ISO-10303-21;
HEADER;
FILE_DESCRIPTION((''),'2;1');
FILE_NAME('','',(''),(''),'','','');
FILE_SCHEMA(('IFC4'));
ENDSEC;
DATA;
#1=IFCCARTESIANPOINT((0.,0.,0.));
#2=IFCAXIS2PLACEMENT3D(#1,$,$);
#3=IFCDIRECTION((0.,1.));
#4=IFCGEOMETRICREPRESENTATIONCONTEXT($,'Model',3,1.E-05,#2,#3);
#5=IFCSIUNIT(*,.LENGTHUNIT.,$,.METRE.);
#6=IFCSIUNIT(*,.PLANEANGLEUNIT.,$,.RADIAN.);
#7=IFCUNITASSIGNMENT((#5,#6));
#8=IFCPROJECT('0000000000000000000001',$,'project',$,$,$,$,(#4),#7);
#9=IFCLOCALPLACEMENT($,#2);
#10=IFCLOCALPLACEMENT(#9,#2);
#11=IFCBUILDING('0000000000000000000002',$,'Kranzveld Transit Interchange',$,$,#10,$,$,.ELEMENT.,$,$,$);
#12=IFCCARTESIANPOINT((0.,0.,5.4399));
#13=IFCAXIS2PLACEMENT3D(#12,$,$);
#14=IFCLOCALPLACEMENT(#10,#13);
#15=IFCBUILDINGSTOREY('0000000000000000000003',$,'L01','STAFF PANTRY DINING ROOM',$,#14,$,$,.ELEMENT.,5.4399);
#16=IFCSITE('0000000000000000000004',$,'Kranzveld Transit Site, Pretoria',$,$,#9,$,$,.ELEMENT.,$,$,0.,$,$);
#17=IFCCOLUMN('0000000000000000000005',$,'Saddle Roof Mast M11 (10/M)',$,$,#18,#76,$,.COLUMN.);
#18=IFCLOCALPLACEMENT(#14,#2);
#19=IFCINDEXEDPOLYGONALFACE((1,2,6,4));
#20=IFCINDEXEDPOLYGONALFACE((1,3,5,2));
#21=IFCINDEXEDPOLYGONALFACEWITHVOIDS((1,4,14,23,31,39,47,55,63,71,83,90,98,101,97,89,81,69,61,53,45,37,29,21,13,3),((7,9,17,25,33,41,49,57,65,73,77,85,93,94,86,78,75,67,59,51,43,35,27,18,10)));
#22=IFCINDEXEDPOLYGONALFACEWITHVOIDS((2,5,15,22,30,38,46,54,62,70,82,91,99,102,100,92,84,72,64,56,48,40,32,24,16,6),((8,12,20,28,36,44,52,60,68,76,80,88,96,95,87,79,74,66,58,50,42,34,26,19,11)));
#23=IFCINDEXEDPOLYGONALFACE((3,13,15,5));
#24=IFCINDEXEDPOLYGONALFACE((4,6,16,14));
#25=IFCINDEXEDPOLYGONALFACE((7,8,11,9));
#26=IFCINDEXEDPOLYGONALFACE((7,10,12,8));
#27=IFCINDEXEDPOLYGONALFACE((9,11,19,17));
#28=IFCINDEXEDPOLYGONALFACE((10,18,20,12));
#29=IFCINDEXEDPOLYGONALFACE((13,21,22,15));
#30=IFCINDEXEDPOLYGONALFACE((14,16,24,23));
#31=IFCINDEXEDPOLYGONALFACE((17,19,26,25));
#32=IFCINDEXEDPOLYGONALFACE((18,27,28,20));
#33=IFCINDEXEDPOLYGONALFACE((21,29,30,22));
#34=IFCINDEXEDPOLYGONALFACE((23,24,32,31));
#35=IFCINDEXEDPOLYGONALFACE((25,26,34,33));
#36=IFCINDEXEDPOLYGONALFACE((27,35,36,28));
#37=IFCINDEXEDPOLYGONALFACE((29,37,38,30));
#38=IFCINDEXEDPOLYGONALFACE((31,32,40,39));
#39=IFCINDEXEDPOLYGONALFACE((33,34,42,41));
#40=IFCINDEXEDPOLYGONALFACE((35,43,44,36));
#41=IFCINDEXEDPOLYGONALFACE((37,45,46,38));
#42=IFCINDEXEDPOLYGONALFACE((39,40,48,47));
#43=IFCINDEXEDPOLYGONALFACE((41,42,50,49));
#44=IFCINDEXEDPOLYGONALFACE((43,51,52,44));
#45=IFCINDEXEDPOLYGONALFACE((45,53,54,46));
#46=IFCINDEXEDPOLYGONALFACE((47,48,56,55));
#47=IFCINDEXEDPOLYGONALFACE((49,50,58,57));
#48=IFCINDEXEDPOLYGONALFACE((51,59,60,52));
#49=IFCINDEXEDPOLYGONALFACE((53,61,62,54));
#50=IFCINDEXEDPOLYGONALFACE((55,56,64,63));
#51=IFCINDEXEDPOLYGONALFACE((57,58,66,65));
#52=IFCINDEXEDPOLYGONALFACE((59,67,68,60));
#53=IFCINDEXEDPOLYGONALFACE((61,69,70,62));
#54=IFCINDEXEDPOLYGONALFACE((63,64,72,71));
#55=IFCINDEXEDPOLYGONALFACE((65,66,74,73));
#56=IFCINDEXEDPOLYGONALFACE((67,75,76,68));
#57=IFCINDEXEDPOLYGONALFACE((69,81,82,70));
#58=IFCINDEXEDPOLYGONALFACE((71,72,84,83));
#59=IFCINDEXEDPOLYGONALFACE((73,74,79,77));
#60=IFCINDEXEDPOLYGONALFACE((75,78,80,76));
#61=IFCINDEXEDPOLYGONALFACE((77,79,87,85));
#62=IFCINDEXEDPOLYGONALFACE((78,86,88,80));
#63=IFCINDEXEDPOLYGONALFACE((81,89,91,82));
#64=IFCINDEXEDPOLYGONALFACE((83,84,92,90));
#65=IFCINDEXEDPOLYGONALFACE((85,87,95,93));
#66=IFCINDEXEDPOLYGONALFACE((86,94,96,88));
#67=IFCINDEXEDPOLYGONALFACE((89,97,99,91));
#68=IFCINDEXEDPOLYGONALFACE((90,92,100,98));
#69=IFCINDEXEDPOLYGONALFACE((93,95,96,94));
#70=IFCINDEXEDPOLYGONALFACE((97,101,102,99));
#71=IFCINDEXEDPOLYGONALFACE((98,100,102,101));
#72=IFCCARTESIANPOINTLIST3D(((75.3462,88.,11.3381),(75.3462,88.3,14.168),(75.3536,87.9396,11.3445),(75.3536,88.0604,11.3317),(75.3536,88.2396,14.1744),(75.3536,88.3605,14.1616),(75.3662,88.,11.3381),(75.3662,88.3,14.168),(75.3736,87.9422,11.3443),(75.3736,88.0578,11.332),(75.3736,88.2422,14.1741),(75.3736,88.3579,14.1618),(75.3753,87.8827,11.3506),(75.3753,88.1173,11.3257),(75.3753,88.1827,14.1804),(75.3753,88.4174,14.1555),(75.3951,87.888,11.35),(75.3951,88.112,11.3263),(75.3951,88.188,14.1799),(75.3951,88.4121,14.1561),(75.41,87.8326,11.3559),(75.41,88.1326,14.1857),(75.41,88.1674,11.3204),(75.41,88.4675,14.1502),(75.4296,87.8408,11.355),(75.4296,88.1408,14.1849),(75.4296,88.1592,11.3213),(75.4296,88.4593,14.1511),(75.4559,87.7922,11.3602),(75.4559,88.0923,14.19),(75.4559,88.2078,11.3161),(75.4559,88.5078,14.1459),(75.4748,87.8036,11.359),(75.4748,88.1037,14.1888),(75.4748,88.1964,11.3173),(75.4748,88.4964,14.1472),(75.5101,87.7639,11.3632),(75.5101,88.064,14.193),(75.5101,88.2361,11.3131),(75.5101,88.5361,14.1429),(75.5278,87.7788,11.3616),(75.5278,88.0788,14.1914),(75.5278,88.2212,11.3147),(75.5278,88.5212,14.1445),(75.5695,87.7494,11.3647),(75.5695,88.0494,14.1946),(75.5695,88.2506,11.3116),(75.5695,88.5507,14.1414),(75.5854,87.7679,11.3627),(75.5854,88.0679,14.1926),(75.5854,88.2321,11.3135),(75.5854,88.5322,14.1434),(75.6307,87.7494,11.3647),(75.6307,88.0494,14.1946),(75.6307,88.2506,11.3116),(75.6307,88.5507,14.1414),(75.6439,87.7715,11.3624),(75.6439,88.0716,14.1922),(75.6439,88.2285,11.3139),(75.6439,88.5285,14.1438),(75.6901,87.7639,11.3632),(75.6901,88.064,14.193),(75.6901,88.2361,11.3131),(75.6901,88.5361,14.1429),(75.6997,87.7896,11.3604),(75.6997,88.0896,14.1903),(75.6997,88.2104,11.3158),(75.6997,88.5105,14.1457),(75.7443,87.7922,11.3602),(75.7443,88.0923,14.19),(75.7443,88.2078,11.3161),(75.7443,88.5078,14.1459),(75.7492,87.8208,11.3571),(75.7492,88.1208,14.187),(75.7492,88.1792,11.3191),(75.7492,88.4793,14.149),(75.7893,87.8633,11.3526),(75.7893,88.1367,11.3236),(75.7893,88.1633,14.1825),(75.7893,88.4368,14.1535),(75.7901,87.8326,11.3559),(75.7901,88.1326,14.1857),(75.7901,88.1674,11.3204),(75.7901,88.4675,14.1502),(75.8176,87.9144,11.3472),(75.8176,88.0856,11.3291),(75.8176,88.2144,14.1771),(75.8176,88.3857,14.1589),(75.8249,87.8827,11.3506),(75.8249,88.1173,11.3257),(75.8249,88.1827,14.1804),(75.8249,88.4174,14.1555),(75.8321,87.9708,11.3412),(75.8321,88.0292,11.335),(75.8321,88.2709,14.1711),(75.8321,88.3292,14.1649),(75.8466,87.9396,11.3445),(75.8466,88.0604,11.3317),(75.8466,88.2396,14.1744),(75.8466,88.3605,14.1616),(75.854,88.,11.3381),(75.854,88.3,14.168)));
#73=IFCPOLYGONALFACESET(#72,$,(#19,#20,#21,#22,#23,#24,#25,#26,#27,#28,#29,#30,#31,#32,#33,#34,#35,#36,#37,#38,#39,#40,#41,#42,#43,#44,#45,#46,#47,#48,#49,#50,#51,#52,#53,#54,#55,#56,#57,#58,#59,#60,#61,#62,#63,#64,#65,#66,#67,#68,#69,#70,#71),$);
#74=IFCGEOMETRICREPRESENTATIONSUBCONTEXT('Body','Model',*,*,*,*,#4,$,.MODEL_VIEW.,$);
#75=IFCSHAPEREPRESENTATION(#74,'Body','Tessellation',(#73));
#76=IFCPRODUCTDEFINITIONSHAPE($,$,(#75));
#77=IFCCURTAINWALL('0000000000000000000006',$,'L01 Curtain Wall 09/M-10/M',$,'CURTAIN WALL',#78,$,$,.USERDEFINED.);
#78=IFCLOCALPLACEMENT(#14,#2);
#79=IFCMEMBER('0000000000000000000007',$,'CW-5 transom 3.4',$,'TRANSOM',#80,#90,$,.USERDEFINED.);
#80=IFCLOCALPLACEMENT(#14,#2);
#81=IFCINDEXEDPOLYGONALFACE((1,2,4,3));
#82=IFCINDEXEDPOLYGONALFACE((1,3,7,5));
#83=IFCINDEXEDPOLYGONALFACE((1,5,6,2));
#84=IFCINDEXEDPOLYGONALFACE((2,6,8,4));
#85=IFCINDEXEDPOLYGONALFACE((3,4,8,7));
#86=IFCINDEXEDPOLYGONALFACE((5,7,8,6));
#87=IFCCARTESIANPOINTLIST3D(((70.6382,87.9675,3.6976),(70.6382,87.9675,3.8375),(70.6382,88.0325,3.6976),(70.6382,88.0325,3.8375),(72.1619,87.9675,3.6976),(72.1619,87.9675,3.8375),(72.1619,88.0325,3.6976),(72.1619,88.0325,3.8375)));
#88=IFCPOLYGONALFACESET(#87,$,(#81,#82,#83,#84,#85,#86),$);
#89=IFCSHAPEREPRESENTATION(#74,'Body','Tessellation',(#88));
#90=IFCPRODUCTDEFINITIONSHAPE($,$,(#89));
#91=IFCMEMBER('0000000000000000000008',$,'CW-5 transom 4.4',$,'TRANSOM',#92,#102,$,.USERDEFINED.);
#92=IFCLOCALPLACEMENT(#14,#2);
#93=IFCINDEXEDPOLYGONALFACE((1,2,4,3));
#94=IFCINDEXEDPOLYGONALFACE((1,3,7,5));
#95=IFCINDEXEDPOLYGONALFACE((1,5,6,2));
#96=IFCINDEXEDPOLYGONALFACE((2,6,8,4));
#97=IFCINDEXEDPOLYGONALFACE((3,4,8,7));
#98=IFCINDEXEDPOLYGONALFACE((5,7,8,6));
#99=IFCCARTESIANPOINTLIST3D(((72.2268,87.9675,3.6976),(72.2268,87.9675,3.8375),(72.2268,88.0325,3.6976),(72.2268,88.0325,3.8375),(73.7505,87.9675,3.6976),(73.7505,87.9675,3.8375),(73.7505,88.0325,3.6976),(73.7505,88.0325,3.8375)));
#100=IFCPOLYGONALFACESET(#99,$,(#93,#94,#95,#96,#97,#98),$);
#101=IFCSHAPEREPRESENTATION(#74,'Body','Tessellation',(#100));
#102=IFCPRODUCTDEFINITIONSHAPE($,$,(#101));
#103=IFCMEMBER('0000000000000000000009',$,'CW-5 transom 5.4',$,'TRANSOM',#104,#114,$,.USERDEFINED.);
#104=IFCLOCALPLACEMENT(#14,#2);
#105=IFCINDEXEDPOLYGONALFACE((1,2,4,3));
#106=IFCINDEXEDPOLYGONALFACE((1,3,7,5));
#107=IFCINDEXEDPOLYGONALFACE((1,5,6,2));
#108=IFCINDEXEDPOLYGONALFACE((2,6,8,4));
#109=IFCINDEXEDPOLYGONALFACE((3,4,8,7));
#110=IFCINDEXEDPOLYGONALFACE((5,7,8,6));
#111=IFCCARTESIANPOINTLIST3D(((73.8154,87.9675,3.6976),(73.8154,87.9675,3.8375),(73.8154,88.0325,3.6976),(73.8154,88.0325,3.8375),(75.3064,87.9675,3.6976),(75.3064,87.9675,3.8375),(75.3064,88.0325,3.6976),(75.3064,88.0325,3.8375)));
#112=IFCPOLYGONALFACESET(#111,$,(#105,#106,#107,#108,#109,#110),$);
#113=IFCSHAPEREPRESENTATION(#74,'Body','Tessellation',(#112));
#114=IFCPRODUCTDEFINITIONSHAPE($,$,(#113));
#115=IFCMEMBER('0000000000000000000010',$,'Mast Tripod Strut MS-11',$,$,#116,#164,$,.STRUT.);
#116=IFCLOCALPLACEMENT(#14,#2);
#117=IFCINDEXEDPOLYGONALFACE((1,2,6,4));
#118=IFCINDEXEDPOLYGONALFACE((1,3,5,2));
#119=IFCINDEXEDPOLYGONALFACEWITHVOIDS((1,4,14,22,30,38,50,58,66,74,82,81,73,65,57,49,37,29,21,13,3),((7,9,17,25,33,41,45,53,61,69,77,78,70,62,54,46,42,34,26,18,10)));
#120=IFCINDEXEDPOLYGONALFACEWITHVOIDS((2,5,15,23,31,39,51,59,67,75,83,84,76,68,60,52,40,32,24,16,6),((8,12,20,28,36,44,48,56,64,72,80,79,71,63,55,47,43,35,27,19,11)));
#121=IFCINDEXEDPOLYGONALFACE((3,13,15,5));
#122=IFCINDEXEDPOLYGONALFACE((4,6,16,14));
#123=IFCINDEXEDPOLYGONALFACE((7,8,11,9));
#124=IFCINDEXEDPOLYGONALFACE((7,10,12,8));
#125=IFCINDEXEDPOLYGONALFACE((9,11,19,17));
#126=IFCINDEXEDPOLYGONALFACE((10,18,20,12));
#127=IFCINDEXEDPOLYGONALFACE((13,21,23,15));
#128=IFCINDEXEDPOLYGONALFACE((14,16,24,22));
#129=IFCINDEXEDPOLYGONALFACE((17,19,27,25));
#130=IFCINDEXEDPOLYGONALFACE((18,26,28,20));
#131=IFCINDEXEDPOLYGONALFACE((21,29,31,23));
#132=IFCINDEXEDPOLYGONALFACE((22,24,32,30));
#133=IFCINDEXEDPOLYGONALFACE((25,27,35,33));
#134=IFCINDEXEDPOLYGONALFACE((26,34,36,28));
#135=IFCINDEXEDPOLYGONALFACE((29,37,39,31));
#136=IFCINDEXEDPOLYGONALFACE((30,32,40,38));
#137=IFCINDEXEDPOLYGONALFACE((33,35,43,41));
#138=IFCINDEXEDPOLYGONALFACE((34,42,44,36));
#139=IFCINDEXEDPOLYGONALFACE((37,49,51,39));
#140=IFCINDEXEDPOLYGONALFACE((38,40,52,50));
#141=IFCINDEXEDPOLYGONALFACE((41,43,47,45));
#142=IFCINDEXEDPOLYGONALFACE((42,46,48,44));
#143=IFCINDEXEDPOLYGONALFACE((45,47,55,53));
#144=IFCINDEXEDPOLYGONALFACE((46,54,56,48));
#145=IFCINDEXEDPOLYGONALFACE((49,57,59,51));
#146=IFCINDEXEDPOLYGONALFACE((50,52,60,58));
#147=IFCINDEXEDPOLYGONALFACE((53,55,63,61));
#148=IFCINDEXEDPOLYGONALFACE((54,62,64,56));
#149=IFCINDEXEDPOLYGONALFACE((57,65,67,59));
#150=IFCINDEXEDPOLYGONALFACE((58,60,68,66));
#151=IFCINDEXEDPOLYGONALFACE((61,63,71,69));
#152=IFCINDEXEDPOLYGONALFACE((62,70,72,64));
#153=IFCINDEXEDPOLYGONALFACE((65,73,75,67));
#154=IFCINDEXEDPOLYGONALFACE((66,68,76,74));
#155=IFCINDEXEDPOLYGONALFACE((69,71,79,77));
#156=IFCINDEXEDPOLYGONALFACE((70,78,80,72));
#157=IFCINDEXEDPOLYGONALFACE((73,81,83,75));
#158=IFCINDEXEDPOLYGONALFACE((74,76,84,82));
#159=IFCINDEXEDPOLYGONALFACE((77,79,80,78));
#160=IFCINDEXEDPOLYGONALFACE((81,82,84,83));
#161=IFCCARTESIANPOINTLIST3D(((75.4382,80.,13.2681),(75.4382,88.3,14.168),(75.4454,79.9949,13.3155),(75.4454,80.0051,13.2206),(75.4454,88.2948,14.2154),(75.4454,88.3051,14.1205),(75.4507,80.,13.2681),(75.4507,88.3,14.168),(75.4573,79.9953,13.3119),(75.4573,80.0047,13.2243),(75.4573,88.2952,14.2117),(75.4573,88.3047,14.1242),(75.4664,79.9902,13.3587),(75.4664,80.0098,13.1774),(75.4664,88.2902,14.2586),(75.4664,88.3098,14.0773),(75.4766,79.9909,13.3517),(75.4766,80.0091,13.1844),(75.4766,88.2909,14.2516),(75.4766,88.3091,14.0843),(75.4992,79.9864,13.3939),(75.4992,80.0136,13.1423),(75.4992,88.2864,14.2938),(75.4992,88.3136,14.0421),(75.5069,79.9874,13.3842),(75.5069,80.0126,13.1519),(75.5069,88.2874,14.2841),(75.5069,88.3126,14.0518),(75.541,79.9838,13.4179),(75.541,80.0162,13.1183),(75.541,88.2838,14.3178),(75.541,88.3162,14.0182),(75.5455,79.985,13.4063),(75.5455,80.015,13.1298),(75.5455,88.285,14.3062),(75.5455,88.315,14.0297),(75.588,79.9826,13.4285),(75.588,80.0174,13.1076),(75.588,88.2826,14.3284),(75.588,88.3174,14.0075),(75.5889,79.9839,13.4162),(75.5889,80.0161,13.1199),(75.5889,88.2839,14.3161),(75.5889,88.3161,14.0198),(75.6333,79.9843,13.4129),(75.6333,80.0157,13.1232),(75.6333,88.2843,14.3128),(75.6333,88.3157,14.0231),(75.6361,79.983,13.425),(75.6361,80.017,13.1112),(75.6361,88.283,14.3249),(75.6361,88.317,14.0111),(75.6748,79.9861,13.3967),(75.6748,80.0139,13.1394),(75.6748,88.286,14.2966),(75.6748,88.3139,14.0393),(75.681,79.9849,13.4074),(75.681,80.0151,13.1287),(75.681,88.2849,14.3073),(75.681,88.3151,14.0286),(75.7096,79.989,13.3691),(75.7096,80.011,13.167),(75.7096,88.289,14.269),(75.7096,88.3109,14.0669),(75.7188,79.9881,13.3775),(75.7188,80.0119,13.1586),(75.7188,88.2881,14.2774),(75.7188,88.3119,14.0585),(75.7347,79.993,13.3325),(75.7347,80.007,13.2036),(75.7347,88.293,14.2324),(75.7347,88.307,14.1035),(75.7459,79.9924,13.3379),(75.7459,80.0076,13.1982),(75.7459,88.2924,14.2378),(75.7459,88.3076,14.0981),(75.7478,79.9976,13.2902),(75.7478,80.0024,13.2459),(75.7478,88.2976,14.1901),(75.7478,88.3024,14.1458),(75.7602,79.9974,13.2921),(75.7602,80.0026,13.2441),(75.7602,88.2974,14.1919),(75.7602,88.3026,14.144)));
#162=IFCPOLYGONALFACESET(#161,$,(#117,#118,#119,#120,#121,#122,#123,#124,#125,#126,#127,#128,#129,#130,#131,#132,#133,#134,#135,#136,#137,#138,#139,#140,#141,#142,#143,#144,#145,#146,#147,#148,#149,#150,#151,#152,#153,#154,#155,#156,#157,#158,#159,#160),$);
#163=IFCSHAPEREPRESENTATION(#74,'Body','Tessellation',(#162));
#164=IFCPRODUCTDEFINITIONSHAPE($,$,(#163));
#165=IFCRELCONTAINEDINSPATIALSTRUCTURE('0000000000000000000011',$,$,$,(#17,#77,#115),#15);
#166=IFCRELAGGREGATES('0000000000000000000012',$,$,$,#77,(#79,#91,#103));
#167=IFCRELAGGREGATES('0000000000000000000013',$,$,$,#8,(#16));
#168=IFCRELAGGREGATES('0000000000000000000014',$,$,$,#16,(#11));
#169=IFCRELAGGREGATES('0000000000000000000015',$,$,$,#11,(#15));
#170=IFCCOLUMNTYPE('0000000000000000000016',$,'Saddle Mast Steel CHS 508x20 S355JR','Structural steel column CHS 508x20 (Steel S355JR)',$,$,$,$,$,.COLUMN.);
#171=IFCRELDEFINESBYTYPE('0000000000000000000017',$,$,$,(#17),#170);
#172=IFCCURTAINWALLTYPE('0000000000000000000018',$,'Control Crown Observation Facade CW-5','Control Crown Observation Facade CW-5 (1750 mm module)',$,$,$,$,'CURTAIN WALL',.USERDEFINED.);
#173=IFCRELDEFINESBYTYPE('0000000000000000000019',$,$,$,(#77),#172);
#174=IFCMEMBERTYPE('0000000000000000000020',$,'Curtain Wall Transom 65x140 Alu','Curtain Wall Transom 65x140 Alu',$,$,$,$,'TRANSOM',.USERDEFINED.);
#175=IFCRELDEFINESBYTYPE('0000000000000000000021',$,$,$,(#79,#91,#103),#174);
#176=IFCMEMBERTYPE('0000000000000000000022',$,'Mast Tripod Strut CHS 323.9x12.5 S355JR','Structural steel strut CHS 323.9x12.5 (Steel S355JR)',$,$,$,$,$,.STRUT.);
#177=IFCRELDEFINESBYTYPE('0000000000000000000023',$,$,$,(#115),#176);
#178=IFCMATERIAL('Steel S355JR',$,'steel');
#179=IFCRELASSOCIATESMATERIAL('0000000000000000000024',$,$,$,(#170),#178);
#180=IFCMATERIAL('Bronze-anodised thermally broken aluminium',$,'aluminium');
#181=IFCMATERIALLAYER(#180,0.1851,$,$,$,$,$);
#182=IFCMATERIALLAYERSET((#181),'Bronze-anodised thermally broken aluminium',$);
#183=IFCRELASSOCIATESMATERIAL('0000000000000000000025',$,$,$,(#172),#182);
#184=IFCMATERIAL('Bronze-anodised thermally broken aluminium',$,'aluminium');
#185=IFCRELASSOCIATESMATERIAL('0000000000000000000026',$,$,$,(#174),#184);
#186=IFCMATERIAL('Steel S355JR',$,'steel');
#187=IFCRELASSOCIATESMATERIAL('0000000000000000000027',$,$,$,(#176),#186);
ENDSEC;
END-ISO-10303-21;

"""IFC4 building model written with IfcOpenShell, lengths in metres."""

from ifc_helpers import new_model, si_unit, direction, frame, origin, origin_2d, place, context, subcontext, project, spatial, rectangle, hollow_circle, extrude, material, layer, layer_set, material_profile, profile_set, type_object, element, aggregate, save


model = new_model("IFC4")

# Units and contexts
model_context = context("Model", 3, precision=1e-05, world=origin(), true_north=direction((0.0, 1.0)))
body_context = subcontext(model_context, "Body", "Model", "MODEL_VIEW")
ifc_project = project(units=[si_unit("LENGTHUNIT", "METRE"), si_unit("PLANEANGLEUNIT", "RADIAN")], contexts=[model_context])

# Site, building, storey
site_placement = place(None, origin())
site = spatial("IfcSite", under=ifc_project, at=site_placement, Name="Kranzveld Transit Site, Pretoria", CompositionType="ELEMENT", RefElevation=0.0)
building_placement = place(site_placement, origin())
building = spatial("IfcBuilding", under=site, at=building_placement, Name="Kranzveld Transit Interchange", CompositionType="ELEMENT")
storey_placement = place(building_placement, frame((0.0, 0.0, 5.4399)))
storey = spatial("IfcBuildingStorey", under=building, at=storey_placement, Name="L01", Description="STAFF PANTRY DINING ROOM", CompositionType="ELEMENT", Elevation=5.4399)

# Column
ifc_material_1 = material(Name="Steel S355JR", Category="steel")
ifc_material_profile_1 = material_profile(ifc_material_1, hollow_circle(Radius=0.2539, WallThickness=0.02, at=origin_2d()), Name="CHS 508x20")
ifc_profile_set_1 = profile_set([ifc_material_profile_1], Name="Steel S355JR")
column_type = type_object("IfcColumnType", Name="Saddle Mast Steel CHS 508x20 S355JR", Description="Structural steel column CHS 508x20 (Steel S355JR)", PredefinedType="COLUMN", material=ifc_profile_set_1)
column_placement = place(storey_placement, frame((75.6001, 88.0, 11.3381), z_axis=(0.0, 0.105439, 0.994426), x_axis=(-1.0, 0.0, 0.0)))
element("IfcColumn", 1, at=column_placement, inside=storey, type_object=column_type, Name="Saddle Roof Mast M11 (10/M)", PredefinedType="COLUMN", context=body_context, shape_type="SweptSolid", body=[
    extrude(hollow_circle(Radius=0.2539, WallThickness=0.02, at=origin_2d()), origin(), (0.0, 0.0, 1.0), 2.8457),
])

# Curtain wall, members
ifc_material_2 = material(Name="Bronze-anodised thermally broken aluminium", Category="aluminium")
ifc_layer_1 = layer(ifc_material_2, 0.1851)
ifc_layer_set_1 = layer_set([ifc_layer_1], Name="Bronze-anodised thermally broken aluminium")
curtain_wall_type = type_object("IfcCurtainWallType", Name="Control Crown Observation Facade CW-5", Description="Control Crown Observation Facade CW-5 (1750 mm module)", ElementType="CURTAIN WALL", PredefinedType="USERDEFINED", material=ifc_layer_set_1)
curtain_wall_placement = place(storey_placement, origin())
curtain_wall = element("IfcCurtainWall", 2, at=curtain_wall_placement, inside=storey, type_object=curtain_wall_type, Name="L01 Curtain Wall 09/M-10/M", ObjectType="CURTAIN WALL", PredefinedType="USERDEFINED")
ifc_material_3 = material(Name="Bronze-anodised thermally broken aluminium", Category="aluminium")
ifc_material_profile_2 = material_profile(ifc_material_3, rectangle(XDim=0.0649, YDim=0.1399, at=origin_2d()), Name="ALU TRANSOM 65x140")
ifc_profile_set_2 = profile_set([ifc_material_profile_2], Name="Bronze-anodised thermally broken aluminium")
member_type_1 = type_object("IfcMemberType", Name="Curtain Wall Transom 65x140 Alu", Description="Curtain Wall Transom 65x140 Alu", ElementType="TRANSOM", PredefinedType="USERDEFINED", material=ifc_profile_set_2)
member_1_placement = place(storey_placement, frame((70.6382, 88.0, 3.7676), z_axis=(1.0, 0.0, 0.0), x_axis=(0.0, 1.0, 0.0)))
member_1 = element("IfcMember", 3, at=member_1_placement, type_object=member_type_1, Name="CW-5 transom 3.4", ObjectType="TRANSOM", PredefinedType="USERDEFINED", context=body_context, shape_type="SweptSolid", body=[
    extrude(rectangle(XDim=0.0649, YDim=0.1399, at=origin_2d()), origin(), (0.0, 0.0, 1.0), 1.5237),
])
member_2_placement = place(storey_placement, frame((72.2268, 88.0, 3.7676), z_axis=(1.0, 0.0, 0.0), x_axis=(0.0, 1.0, 0.0)))
member_2 = element("IfcMember", 4, at=member_2_placement, type_object=member_type_1, Name="CW-5 transom 4.4", ObjectType="TRANSOM", PredefinedType="USERDEFINED", context=body_context, shape_type="SweptSolid", body=[
    extrude(rectangle(XDim=0.0649, YDim=0.1399, at=origin_2d()), origin(), (0.0, 0.0, 1.0), 1.5237),
])
member_3_placement = place(storey_placement, frame((73.8154, 88.0, 3.7676), z_axis=(1.0, 0.0, 0.0), x_axis=(0.0, 1.0, 0.0)))
member_3 = element("IfcMember", 5, at=member_3_placement, type_object=member_type_1, Name="CW-5 transom 5.4", ObjectType="TRANSOM", PredefinedType="USERDEFINED", context=body_context, shape_type="SweptSolid", body=[
    extrude(rectangle(XDim=0.0649, YDim=0.1399, at=origin_2d()), origin(), (0.0, 0.0, 1.0), 1.491),
])

# Member
ifc_material_4 = material(Name="Steel S355JR", Category="steel")
ifc_material_profile_3 = material_profile(ifc_material_4, hollow_circle(Radius=0.1619, WallThickness=0.0125, at=origin_2d()), Name="CHS 323.9x12.5")
ifc_profile_set_3 = profile_set([ifc_material_profile_3], Name="Steel S355JR")
member_type_2 = type_object("IfcMemberType", Name="Mast Tripod Strut CHS 323.9x12.5 S355JR", Description="Structural steel strut CHS 323.9x12.5 (Steel S355JR)", PredefinedType="STRUT", material=ifc_profile_set_3)
member_4_placement = place(storey_placement, frame((75.6001, 80.0, 13.2681), z_axis=(0.0, 0.994174, 0.10779), x_axis=(-1.0, 0.0, 0.0)))
element("IfcMember", 6, at=member_4_placement, inside=storey, type_object=member_type_2, Name="Mast Tripod Strut MS-11", PredefinedType="STRUT", context=body_context, shape_type="SweptSolid", body=[
    extrude(hollow_circle(Radius=0.1619, WallThickness=0.0125, at=origin_2d()), origin(), (0.0, 0.0, 1.0), 8.3486),
])

aggregate(curtain_wall, [member_1, member_2, member_3])

save(model, "model.ifc")
